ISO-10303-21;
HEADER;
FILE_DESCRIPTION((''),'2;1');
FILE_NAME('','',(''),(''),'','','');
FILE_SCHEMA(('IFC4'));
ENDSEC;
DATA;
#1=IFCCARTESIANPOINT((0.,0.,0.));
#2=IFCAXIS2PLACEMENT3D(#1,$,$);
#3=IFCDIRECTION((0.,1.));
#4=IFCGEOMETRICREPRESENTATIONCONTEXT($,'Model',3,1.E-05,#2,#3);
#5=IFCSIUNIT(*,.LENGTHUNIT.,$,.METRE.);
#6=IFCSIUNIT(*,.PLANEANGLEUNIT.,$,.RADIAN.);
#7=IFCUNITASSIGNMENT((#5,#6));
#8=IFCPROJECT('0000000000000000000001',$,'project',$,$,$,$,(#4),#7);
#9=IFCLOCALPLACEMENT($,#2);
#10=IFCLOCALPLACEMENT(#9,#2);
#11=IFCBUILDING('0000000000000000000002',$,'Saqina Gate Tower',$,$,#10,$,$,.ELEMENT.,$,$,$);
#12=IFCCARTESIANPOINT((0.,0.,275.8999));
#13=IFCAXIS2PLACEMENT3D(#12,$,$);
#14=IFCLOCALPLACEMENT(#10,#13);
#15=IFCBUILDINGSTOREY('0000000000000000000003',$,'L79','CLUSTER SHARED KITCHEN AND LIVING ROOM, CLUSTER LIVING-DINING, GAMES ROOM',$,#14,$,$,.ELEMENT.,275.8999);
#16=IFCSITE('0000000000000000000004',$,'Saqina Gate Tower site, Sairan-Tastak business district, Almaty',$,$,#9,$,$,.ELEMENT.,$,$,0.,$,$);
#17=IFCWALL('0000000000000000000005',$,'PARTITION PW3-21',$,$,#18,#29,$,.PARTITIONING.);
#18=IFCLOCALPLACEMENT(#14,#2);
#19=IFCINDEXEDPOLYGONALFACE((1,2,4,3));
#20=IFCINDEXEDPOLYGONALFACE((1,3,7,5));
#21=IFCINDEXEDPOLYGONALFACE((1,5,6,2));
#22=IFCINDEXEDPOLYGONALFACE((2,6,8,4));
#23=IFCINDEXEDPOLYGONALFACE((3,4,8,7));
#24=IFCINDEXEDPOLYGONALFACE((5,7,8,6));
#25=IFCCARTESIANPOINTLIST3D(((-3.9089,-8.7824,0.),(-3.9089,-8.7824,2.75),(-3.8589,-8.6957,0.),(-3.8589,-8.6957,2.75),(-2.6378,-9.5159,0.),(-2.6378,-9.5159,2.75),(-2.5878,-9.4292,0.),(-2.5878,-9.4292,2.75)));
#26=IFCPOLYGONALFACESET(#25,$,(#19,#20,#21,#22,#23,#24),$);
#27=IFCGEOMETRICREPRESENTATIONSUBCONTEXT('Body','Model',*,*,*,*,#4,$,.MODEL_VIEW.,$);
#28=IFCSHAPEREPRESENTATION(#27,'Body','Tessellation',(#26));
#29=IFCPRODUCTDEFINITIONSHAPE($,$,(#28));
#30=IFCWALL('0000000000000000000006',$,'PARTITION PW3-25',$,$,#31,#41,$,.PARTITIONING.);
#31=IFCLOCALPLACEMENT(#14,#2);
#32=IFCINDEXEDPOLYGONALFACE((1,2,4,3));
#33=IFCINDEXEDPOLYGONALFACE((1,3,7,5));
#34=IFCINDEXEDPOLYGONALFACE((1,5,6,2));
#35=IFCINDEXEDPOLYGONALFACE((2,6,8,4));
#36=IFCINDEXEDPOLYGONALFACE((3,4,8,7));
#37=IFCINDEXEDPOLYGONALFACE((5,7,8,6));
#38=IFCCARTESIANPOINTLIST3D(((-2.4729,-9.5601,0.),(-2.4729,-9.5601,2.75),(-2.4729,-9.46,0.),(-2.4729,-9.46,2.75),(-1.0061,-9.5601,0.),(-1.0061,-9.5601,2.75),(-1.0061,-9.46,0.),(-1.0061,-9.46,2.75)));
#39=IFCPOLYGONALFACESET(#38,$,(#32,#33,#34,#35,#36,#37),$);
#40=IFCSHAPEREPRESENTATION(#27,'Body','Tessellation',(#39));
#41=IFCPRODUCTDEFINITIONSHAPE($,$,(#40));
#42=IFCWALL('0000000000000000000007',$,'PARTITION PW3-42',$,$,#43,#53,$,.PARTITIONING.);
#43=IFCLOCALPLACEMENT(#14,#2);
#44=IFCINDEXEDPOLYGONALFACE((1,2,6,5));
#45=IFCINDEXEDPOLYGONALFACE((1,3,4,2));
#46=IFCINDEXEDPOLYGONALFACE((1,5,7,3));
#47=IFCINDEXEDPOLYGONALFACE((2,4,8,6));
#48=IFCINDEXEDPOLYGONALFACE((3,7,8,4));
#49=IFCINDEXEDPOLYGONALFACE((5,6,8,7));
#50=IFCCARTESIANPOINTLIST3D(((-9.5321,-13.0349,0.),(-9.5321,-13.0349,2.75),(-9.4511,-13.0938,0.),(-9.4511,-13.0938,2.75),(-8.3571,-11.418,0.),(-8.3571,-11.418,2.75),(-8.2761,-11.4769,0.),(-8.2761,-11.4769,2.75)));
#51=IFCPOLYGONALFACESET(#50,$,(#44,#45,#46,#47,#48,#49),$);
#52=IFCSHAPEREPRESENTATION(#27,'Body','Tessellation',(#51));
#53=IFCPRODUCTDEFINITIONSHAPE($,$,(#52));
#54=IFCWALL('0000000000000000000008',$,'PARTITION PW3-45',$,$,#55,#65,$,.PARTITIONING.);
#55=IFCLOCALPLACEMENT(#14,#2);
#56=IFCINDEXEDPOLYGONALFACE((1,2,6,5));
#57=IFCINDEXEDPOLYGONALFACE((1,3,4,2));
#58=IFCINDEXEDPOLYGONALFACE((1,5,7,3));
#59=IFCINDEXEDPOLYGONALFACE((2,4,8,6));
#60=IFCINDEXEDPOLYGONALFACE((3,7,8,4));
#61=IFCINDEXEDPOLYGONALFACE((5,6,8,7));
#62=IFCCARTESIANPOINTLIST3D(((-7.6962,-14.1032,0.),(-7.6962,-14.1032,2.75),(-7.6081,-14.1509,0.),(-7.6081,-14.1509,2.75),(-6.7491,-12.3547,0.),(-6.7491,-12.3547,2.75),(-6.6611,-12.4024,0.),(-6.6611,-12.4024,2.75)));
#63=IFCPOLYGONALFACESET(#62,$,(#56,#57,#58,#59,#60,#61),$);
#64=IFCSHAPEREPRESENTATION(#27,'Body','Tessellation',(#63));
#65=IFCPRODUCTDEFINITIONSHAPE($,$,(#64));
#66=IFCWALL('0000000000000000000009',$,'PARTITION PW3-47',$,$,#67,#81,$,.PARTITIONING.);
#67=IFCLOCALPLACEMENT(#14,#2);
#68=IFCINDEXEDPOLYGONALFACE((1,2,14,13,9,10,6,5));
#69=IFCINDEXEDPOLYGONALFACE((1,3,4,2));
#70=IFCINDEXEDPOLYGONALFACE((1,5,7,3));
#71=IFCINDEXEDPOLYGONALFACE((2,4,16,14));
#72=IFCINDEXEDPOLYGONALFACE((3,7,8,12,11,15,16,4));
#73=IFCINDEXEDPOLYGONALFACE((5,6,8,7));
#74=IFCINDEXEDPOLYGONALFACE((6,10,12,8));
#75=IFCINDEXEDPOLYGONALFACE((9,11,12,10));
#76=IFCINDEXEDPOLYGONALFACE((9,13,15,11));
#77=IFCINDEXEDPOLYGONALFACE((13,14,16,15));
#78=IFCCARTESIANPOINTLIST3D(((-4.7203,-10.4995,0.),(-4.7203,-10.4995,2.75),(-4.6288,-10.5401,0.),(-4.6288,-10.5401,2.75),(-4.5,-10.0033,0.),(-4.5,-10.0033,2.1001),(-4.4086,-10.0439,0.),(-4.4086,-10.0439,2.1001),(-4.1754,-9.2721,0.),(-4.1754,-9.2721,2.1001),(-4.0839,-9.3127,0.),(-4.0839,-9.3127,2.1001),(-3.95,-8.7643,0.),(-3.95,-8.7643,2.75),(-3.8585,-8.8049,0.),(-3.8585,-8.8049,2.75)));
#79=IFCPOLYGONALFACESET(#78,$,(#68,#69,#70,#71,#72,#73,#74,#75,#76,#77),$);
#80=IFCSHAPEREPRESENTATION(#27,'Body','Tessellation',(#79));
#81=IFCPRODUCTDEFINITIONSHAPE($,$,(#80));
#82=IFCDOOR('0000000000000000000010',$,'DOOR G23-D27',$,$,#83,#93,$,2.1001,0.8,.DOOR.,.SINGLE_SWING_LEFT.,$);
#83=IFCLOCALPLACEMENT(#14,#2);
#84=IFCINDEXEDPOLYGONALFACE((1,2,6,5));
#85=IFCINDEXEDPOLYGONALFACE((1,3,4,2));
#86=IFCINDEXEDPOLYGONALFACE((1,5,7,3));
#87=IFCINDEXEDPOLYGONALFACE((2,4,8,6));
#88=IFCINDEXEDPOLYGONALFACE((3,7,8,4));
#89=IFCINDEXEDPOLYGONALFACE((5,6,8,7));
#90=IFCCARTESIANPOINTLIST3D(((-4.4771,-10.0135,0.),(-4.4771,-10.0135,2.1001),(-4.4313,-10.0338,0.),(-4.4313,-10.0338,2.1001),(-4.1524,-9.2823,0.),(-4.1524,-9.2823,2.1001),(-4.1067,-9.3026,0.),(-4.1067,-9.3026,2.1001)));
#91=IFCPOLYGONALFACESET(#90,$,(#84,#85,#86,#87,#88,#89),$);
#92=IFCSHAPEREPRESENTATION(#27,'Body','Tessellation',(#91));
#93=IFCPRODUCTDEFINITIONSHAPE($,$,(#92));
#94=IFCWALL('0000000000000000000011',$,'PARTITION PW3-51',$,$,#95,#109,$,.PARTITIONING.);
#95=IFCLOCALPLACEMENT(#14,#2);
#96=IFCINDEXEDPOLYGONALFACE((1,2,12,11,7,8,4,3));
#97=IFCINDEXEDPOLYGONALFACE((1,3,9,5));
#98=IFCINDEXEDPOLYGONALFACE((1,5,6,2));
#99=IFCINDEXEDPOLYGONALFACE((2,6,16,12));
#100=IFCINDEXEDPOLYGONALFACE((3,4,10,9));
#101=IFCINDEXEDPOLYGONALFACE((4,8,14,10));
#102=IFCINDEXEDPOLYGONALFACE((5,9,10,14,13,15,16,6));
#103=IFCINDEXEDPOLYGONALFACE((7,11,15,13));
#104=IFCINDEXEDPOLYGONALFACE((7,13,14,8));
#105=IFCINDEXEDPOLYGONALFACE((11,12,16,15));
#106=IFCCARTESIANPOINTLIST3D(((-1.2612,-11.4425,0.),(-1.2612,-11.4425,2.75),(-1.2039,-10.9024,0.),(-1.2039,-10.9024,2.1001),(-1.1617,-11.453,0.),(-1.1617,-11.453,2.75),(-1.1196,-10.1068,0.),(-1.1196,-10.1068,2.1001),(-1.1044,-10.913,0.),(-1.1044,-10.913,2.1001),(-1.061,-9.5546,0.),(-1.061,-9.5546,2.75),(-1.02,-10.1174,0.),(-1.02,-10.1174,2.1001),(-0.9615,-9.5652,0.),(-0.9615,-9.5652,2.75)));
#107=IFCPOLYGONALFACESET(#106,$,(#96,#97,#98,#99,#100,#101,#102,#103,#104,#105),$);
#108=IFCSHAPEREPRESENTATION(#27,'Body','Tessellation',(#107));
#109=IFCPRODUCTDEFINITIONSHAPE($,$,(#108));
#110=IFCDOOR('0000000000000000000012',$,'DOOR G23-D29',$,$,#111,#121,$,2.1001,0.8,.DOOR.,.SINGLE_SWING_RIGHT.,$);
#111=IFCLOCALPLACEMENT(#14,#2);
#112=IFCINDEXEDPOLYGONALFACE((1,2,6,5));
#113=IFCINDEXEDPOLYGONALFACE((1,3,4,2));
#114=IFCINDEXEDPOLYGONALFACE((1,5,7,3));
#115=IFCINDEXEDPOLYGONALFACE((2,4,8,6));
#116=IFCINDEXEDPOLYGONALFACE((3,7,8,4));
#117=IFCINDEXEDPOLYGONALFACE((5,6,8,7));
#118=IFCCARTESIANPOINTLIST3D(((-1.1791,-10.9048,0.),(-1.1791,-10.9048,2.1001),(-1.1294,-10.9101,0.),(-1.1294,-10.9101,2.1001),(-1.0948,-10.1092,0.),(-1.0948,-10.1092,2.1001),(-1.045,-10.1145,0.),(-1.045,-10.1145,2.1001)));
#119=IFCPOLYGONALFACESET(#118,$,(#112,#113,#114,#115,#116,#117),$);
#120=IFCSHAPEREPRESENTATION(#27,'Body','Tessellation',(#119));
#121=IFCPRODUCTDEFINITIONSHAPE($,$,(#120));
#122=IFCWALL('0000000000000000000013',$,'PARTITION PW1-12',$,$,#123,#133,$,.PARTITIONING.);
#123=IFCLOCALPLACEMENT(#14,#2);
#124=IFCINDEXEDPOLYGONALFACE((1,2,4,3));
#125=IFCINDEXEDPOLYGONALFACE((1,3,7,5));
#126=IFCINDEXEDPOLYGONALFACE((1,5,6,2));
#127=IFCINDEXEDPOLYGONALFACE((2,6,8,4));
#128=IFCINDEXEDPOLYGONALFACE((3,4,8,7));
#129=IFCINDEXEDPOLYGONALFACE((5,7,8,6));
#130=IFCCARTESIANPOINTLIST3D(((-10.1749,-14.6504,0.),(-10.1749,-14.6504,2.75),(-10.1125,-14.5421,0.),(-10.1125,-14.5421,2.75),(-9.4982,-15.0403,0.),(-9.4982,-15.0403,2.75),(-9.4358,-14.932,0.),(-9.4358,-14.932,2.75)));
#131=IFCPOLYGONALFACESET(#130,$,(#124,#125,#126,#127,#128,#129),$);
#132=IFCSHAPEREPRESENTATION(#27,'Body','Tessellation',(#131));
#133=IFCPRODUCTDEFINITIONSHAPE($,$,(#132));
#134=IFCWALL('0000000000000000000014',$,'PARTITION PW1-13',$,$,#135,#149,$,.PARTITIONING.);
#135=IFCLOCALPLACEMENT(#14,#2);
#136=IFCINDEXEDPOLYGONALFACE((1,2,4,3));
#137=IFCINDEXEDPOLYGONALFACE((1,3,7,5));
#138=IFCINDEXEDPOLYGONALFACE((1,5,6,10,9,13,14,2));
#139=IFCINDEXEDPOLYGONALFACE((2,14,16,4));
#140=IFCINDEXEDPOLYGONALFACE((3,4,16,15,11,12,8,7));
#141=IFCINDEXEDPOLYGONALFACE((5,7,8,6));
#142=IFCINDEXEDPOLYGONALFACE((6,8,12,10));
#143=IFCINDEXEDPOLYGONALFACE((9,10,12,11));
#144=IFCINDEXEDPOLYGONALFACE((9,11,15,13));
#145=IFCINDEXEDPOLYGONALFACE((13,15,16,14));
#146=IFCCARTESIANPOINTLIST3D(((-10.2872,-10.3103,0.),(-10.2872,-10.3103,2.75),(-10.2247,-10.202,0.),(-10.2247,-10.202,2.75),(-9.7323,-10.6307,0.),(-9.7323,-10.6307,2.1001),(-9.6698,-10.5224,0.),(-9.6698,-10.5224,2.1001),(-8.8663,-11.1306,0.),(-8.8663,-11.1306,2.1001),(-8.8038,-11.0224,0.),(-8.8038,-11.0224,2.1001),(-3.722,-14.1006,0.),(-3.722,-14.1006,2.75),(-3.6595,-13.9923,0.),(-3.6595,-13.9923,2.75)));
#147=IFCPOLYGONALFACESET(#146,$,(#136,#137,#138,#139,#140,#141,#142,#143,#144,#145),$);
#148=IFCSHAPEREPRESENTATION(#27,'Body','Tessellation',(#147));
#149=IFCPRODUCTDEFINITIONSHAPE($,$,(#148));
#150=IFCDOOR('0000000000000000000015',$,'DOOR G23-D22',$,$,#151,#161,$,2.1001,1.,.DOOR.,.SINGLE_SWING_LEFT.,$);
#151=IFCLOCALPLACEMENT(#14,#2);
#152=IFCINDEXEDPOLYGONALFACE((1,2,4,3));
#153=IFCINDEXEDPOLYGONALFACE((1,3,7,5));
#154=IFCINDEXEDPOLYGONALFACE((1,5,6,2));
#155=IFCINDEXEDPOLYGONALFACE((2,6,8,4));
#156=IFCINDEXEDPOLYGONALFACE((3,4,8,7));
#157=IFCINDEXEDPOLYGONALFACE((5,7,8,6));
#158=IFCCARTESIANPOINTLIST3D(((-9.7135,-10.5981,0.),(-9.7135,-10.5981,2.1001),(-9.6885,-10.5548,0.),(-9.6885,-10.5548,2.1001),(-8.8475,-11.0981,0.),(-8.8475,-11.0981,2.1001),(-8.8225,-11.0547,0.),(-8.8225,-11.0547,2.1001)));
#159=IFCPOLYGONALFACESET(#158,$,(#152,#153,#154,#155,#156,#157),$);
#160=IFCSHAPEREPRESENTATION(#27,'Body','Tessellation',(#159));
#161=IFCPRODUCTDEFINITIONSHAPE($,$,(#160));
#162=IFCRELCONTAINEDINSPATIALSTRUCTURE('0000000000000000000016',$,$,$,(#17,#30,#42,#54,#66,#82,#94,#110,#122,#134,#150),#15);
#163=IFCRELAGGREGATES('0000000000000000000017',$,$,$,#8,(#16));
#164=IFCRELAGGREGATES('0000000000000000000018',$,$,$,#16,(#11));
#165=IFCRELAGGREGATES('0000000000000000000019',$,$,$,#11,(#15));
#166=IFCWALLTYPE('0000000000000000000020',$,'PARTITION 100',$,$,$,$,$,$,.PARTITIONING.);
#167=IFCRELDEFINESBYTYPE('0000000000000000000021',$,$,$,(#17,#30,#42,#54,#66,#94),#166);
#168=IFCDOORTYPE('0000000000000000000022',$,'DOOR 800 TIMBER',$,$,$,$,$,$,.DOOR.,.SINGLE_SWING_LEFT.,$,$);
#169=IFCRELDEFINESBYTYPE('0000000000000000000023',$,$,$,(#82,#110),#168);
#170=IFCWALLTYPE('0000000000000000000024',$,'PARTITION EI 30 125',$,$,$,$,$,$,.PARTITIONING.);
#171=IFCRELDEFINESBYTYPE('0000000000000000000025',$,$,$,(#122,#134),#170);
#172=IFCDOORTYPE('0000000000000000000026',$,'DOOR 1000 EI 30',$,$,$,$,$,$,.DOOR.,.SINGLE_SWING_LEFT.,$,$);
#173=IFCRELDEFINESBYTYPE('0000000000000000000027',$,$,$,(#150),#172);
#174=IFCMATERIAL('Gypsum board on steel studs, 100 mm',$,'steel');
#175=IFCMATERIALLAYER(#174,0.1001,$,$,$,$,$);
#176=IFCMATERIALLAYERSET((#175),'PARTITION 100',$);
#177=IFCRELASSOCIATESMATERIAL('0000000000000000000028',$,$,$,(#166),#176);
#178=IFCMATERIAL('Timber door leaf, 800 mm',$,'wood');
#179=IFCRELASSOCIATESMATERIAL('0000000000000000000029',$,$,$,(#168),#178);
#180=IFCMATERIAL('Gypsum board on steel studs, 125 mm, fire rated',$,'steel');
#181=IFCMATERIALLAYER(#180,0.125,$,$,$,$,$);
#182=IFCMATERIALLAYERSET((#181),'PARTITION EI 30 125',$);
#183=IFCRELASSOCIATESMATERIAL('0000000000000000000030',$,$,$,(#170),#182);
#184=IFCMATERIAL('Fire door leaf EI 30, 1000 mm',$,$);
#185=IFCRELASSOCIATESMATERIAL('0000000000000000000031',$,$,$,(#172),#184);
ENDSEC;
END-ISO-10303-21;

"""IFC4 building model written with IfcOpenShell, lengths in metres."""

from ifc_helpers import new_model, si_unit, direction, frame, frame_2d, origin, place, context, subcontext, project, spatial, rectangle, extrude, material, layer, layer_set, type_object, element, fill, save


model = new_model("IFC4")

# Units and contexts
model_context = context("Model", 3, precision=1e-05, world=origin(), true_north=direction((0.0, 1.0)))
body_context = subcontext(model_context, "Body", "Model", "MODEL_VIEW")
ifc_project = project(units=[si_unit("LENGTHUNIT", "METRE"), si_unit("PLANEANGLEUNIT", "RADIAN")], contexts=[model_context])

# Site, building, storey
site_placement = place(None, origin())
site = spatial("IfcSite", under=ifc_project, at=site_placement, Name="Saqina Gate Tower site, Sairan-Tastak business district, Almaty", CompositionType="ELEMENT", RefElevation=0.0)
building_placement = place(site_placement, origin())
building = spatial("IfcBuilding", under=site, at=building_placement, Name="Saqina Gate Tower", CompositionType="ELEMENT")
storey_placement = place(building_placement, frame((0.0, 0.0, 275.8999)))
storey = spatial("IfcBuildingStorey", under=building, at=storey_placement, Name="L79", Description="CLUSTER SHARED KITCHEN AND LIVING ROOM, CLUSTER LIVING-DINING, GAMES ROOM", CompositionType="ELEMENT", Elevation=275.8999)

# Shared definitions
ifc_material_1 = material(Name="Gypsum board on steel studs, 100 mm", Category="steel")
ifc_layer_1 = layer(ifc_material_1, 0.1001)
ifc_layer_set_1 = layer_set([ifc_layer_1], Name="PARTITION 100")
wall_type_1 = type_object("IfcWallType", Name="PARTITION 100", PredefinedType="PARTITIONING", material=ifc_layer_set_1)

# Shared definitions
ifc_material_2 = material(Name="Timber door leaf, 800 mm", Category="wood")
door_type_1 = type_object("IfcDoorType", Name="DOOR 800 TIMBER", OperationType="SINGLE_SWING_LEFT", PredefinedType="DOOR", material=ifc_material_2)

# Walls
wall_1_placement = place(storey_placement, frame((-3.884, -8.739, 0.0), z_axis=(0.0, 0.0, 1.0), x_axis=(0.866147, -0.49979, 0.0)))
element("IfcWall", 1, at=wall_1_placement, inside=storey, type_object=wall_type_1, Name="PARTITION PW3-21", PredefinedType="PARTITIONING", context=body_context, shape_type="SweptSolid", body=[
    extrude(rectangle(XDim=1.4675, YDim=0.1001, at=frame_2d((0.7339, 0.0))), origin(), (0.0, 0.0, 1.0), 2.75),
])
wall_2_placement = place(storey_placement, frame((-2.4729, -9.51, 0.0), z_axis=(0.0, 0.0, 1.0), x_axis=(1.0, 0.0, 0.0)))
element("IfcWall", 2, at=wall_2_placement, inside=storey, type_object=wall_type_1, Name="PARTITION PW3-25", PredefinedType="PARTITIONING", context=body_context, shape_type="SweptSolid", body=[
    extrude(rectangle(XDim=1.4668, YDim=0.1001, at=frame_2d((0.7334, 0.0))), origin(), (0.0, 0.0, 1.0), 2.75),
])
wall_3_placement = place(storey_placement, frame((-9.4917, -13.0645, 0.0), z_axis=(0.0, 0.0, 1.0), x_axis=(0.587874, 0.808953, 0.0)))
element("IfcWall", 3, at=wall_3_placement, inside=storey, type_object=wall_type_1, Name="PARTITION PW3-42", PredefinedType="PARTITIONING", context=body_context, shape_type="SweptSolid", body=[
    extrude(rectangle(XDim=1.9988, YDim=0.1001, at=frame_2d((0.9995, 0.0))), origin(), (0.0, 0.0, 1.0), 2.75),
])
wall_4_placement = place(storey_placement, frame((-7.6521, -14.127, 0.0), z_axis=(0.0, 0.0, 1.0), x_axis=(0.476244, 0.879313, 0.0)))
element("IfcWall", 4, at=wall_4_placement, inside=storey, type_object=wall_type_1, Name="PARTITION PW3-45", PredefinedType="PARTITIONING", context=body_context, shape_type="SweptSolid", body=[
    extrude(rectangle(XDim=1.9885, YDim=0.1001, at=frame_2d((0.9941, 0.0))), origin(), (0.0, 0.0, 1.0), 2.75),
])

# Walls, openings, doors
wall_5_placement = place(storey_placement, frame((-4.6746, -10.5198, 0.0), z_axis=(0.0, 0.0, 1.0), x_axis=(0.405745, 0.913986, 0.0)))
wall_5 = element("IfcWall", 5, at=wall_5_placement, inside=storey, type_object=wall_type_1, Name="PARTITION PW3-47", PredefinedType="PARTITIONING", context=body_context, shape_type="SweptSolid", body=[
    extrude(rectangle(XDim=1.8984, YDim=0.1001, at=frame_2d((0.9492, 0.0))), origin(), (0.0, 0.0, 1.0), 2.75),
])
opening_1_placement = place(wall_5_placement, frame((0.543, 0.0, 0.0)))
opening_1 = element("IfcOpeningElement", 6, at=opening_1_placement, cuts=wall_5, PredefinedType="OPENING", context=body_context, shape_type="SweptSolid", body=[
    extrude(rectangle(XDim=0.8, YDim=2.1001, at=frame_2d((0.3999, 1.05))), frame((0.0, 0.062, 0.0), z_axis=(0.0, -1.0, 0.0), x_axis=(1.0, 0.0, 0.0)), (0.0, 0.0, 1.0), 0.124),
])
door_1_placement = place(opening_1_placement, origin())
door_1 = element("IfcDoor", 7, at=door_1_placement, inside=storey, type_object=door_type_1, Name="DOOR G23-D27", OperationType="SINGLE_SWING_LEFT", OverallHeight=2.1001, OverallWidth=0.8, PredefinedType="DOOR", context=body_context, shape_type="SweptSolid", body=[
    extrude(rectangle(XDim=0.8, YDim=2.1001, at=frame_2d((0.3999, 1.05))), frame((0.0, 0.0249, 0.0), z_axis=(0.0, -1.0, 0.0), x_axis=(1.0, 0.0, 0.0)), (0.0, 0.0, 1.0), 0.05),
])
fill(opening_1, door_1)
wall_6_placement = place(storey_placement, frame((-1.2114, -11.4478, 0.0), z_axis=(0.0, 0.0, 1.0), x_axis=(0.105448, 0.994425, 0.0)))
wall_6 = element("IfcWall", 8, at=wall_6_placement, inside=storey, type_object=wall_type_1, Name="PARTITION PW3-51", PredefinedType="PARTITIONING", context=body_context, shape_type="SweptSolid", body=[
    extrude(rectangle(XDim=1.8984, YDim=0.1001, at=frame_2d((0.9492, 0.0))), origin(), (0.0, 0.0, 1.0), 2.75),
])
opening_2_placement = place(wall_6_placement, frame((0.5432, 0.0, 0.0)))
opening_2 = element("IfcOpeningElement", 9, at=opening_2_placement, cuts=wall_6, PredefinedType="OPENING", context=body_context, shape_type="SweptSolid", body=[
    extrude(rectangle(XDim=0.8, YDim=2.1001, at=frame_2d((0.3999, 1.05))), frame((0.0, 0.062, 0.0), z_axis=(0.0, -1.0, 0.0), x_axis=(1.0, 0.0, 0.0)), (0.0, 0.0, 1.0), 0.124),
])
door_2_placement = place(opening_2_placement, frame((0.8, 0.0, 0.0), z_axis=(0.0, 0.0, 1.0), x_axis=(-1.0, 0.0, 0.0)))
door_2 = element("IfcDoor", 10, at=door_2_placement, inside=storey, type_object=door_type_1, Name="DOOR G23-D29", OperationType="SINGLE_SWING_RIGHT", OverallHeight=2.1001, OverallWidth=0.8, PredefinedType="DOOR", context=body_context, shape_type="SweptSolid", body=[
    extrude(rectangle(XDim=0.8, YDim=2.1001, at=frame_2d((0.3999, 1.05))), frame((0.0, 0.0249, 0.0), z_axis=(0.0, -1.0, 0.0), x_axis=(1.0, 0.0, 0.0)), (0.0, 0.0, 1.0), 0.05),
])
fill(opening_2, door_2)

# Wall
ifc_material_3 = material(Name="Gypsum board on steel studs, 125 mm, fire rated", Category="steel")
ifc_layer_2 = layer(ifc_material_3, 0.125)
ifc_layer_set_2 = layer_set([ifc_layer_2], Name="PARTITION EI 30 125")
wall_type_2 = type_object("IfcWallType", Name="PARTITION EI 30 125", PredefinedType="PARTITIONING", material=ifc_layer_set_2)
wall_7_placement = place(storey_placement, frame((-10.1438, -14.5962, 0.0), z_axis=(0.0, 0.0, 1.0), x_axis=(0.866487, -0.499199, 0.0)))
element("IfcWall", 11, at=wall_7_placement, inside=storey, type_object=wall_type_2, Name="PARTITION PW1-12", PredefinedType="PARTITIONING", context=body_context, shape_type="SweptSolid", body=[
    extrude(rectangle(XDim=0.781, YDim=0.125, at=frame_2d((0.3906, 0.0))), origin(), (0.0, 0.0, 1.0), 2.75),
])

# Wall, opening, door
wall_8_placement = place(storey_placement, frame((-10.2561, -10.2561, 0.0), z_axis=(0.0, 0.0, 1.0), x_axis=(0.866033, -0.499987, 0.0)))
wall_8 = element("IfcWall", 12, at=wall_8_placement, inside=storey, type_object=wall_type_2, Name="PARTITION PW1-13", PredefinedType="PARTITIONING", context=body_context, shape_type="SweptSolid", body=[
    extrude(rectangle(XDim=7.5808, YDim=0.125, at=frame_2d((3.7905, 0.0))), origin(), (0.0, 0.0, 1.0), 2.75),
])
opening_3_placement = place(wall_8_placement, frame((0.6409, 0.0, 0.0)))
opening_3 = element("IfcOpeningElement", 13, at=opening_3_placement, cuts=wall_8, PredefinedType="OPENING", context=body_context, shape_type="SweptSolid", body=[
    extrude(rectangle(XDim=1.0, YDim=2.1001, at=frame_2d((0.5, 1.05))), frame((0.0, 0.0745, 0.0), z_axis=(0.0, -1.0, 0.0), x_axis=(1.0, 0.0, 0.0)), (0.0, 0.0, 1.0), 0.1489),
])
ifc_material_4 = material(Name="Fire door leaf EI 30, 1000 mm")
door_type_2 = type_object("IfcDoorType", Name="DOOR 1000 EI 30", OperationType="SINGLE_SWING_LEFT", PredefinedType="DOOR", material=ifc_material_4)
door_3_placement = place(opening_3_placement, frame((1.0, 0.0, 0.0), z_axis=(0.0, 0.0, 1.0), x_axis=(-1.0, 0.0, 0.0)))
door_3 = element("IfcDoor", 14, at=door_3_placement, inside=storey, type_object=door_type_2, Name="DOOR G23-D22", OperationType="SINGLE_SWING_LEFT", OverallHeight=2.1001, OverallWidth=1.0, PredefinedType="DOOR", context=body_context, shape_type="SweptSolid", body=[
    extrude(rectangle(XDim=1.0, YDim=2.1001, at=frame_2d((0.5, 1.05))), frame((0.0, 0.0249, 0.0), z_axis=(0.0, -1.0, 0.0), x_axis=(1.0, 0.0, 0.0)), (0.0, 0.0, 1.0), 0.05),
])
fill(opening_3, door_3)

save(model, "model.ifc")
